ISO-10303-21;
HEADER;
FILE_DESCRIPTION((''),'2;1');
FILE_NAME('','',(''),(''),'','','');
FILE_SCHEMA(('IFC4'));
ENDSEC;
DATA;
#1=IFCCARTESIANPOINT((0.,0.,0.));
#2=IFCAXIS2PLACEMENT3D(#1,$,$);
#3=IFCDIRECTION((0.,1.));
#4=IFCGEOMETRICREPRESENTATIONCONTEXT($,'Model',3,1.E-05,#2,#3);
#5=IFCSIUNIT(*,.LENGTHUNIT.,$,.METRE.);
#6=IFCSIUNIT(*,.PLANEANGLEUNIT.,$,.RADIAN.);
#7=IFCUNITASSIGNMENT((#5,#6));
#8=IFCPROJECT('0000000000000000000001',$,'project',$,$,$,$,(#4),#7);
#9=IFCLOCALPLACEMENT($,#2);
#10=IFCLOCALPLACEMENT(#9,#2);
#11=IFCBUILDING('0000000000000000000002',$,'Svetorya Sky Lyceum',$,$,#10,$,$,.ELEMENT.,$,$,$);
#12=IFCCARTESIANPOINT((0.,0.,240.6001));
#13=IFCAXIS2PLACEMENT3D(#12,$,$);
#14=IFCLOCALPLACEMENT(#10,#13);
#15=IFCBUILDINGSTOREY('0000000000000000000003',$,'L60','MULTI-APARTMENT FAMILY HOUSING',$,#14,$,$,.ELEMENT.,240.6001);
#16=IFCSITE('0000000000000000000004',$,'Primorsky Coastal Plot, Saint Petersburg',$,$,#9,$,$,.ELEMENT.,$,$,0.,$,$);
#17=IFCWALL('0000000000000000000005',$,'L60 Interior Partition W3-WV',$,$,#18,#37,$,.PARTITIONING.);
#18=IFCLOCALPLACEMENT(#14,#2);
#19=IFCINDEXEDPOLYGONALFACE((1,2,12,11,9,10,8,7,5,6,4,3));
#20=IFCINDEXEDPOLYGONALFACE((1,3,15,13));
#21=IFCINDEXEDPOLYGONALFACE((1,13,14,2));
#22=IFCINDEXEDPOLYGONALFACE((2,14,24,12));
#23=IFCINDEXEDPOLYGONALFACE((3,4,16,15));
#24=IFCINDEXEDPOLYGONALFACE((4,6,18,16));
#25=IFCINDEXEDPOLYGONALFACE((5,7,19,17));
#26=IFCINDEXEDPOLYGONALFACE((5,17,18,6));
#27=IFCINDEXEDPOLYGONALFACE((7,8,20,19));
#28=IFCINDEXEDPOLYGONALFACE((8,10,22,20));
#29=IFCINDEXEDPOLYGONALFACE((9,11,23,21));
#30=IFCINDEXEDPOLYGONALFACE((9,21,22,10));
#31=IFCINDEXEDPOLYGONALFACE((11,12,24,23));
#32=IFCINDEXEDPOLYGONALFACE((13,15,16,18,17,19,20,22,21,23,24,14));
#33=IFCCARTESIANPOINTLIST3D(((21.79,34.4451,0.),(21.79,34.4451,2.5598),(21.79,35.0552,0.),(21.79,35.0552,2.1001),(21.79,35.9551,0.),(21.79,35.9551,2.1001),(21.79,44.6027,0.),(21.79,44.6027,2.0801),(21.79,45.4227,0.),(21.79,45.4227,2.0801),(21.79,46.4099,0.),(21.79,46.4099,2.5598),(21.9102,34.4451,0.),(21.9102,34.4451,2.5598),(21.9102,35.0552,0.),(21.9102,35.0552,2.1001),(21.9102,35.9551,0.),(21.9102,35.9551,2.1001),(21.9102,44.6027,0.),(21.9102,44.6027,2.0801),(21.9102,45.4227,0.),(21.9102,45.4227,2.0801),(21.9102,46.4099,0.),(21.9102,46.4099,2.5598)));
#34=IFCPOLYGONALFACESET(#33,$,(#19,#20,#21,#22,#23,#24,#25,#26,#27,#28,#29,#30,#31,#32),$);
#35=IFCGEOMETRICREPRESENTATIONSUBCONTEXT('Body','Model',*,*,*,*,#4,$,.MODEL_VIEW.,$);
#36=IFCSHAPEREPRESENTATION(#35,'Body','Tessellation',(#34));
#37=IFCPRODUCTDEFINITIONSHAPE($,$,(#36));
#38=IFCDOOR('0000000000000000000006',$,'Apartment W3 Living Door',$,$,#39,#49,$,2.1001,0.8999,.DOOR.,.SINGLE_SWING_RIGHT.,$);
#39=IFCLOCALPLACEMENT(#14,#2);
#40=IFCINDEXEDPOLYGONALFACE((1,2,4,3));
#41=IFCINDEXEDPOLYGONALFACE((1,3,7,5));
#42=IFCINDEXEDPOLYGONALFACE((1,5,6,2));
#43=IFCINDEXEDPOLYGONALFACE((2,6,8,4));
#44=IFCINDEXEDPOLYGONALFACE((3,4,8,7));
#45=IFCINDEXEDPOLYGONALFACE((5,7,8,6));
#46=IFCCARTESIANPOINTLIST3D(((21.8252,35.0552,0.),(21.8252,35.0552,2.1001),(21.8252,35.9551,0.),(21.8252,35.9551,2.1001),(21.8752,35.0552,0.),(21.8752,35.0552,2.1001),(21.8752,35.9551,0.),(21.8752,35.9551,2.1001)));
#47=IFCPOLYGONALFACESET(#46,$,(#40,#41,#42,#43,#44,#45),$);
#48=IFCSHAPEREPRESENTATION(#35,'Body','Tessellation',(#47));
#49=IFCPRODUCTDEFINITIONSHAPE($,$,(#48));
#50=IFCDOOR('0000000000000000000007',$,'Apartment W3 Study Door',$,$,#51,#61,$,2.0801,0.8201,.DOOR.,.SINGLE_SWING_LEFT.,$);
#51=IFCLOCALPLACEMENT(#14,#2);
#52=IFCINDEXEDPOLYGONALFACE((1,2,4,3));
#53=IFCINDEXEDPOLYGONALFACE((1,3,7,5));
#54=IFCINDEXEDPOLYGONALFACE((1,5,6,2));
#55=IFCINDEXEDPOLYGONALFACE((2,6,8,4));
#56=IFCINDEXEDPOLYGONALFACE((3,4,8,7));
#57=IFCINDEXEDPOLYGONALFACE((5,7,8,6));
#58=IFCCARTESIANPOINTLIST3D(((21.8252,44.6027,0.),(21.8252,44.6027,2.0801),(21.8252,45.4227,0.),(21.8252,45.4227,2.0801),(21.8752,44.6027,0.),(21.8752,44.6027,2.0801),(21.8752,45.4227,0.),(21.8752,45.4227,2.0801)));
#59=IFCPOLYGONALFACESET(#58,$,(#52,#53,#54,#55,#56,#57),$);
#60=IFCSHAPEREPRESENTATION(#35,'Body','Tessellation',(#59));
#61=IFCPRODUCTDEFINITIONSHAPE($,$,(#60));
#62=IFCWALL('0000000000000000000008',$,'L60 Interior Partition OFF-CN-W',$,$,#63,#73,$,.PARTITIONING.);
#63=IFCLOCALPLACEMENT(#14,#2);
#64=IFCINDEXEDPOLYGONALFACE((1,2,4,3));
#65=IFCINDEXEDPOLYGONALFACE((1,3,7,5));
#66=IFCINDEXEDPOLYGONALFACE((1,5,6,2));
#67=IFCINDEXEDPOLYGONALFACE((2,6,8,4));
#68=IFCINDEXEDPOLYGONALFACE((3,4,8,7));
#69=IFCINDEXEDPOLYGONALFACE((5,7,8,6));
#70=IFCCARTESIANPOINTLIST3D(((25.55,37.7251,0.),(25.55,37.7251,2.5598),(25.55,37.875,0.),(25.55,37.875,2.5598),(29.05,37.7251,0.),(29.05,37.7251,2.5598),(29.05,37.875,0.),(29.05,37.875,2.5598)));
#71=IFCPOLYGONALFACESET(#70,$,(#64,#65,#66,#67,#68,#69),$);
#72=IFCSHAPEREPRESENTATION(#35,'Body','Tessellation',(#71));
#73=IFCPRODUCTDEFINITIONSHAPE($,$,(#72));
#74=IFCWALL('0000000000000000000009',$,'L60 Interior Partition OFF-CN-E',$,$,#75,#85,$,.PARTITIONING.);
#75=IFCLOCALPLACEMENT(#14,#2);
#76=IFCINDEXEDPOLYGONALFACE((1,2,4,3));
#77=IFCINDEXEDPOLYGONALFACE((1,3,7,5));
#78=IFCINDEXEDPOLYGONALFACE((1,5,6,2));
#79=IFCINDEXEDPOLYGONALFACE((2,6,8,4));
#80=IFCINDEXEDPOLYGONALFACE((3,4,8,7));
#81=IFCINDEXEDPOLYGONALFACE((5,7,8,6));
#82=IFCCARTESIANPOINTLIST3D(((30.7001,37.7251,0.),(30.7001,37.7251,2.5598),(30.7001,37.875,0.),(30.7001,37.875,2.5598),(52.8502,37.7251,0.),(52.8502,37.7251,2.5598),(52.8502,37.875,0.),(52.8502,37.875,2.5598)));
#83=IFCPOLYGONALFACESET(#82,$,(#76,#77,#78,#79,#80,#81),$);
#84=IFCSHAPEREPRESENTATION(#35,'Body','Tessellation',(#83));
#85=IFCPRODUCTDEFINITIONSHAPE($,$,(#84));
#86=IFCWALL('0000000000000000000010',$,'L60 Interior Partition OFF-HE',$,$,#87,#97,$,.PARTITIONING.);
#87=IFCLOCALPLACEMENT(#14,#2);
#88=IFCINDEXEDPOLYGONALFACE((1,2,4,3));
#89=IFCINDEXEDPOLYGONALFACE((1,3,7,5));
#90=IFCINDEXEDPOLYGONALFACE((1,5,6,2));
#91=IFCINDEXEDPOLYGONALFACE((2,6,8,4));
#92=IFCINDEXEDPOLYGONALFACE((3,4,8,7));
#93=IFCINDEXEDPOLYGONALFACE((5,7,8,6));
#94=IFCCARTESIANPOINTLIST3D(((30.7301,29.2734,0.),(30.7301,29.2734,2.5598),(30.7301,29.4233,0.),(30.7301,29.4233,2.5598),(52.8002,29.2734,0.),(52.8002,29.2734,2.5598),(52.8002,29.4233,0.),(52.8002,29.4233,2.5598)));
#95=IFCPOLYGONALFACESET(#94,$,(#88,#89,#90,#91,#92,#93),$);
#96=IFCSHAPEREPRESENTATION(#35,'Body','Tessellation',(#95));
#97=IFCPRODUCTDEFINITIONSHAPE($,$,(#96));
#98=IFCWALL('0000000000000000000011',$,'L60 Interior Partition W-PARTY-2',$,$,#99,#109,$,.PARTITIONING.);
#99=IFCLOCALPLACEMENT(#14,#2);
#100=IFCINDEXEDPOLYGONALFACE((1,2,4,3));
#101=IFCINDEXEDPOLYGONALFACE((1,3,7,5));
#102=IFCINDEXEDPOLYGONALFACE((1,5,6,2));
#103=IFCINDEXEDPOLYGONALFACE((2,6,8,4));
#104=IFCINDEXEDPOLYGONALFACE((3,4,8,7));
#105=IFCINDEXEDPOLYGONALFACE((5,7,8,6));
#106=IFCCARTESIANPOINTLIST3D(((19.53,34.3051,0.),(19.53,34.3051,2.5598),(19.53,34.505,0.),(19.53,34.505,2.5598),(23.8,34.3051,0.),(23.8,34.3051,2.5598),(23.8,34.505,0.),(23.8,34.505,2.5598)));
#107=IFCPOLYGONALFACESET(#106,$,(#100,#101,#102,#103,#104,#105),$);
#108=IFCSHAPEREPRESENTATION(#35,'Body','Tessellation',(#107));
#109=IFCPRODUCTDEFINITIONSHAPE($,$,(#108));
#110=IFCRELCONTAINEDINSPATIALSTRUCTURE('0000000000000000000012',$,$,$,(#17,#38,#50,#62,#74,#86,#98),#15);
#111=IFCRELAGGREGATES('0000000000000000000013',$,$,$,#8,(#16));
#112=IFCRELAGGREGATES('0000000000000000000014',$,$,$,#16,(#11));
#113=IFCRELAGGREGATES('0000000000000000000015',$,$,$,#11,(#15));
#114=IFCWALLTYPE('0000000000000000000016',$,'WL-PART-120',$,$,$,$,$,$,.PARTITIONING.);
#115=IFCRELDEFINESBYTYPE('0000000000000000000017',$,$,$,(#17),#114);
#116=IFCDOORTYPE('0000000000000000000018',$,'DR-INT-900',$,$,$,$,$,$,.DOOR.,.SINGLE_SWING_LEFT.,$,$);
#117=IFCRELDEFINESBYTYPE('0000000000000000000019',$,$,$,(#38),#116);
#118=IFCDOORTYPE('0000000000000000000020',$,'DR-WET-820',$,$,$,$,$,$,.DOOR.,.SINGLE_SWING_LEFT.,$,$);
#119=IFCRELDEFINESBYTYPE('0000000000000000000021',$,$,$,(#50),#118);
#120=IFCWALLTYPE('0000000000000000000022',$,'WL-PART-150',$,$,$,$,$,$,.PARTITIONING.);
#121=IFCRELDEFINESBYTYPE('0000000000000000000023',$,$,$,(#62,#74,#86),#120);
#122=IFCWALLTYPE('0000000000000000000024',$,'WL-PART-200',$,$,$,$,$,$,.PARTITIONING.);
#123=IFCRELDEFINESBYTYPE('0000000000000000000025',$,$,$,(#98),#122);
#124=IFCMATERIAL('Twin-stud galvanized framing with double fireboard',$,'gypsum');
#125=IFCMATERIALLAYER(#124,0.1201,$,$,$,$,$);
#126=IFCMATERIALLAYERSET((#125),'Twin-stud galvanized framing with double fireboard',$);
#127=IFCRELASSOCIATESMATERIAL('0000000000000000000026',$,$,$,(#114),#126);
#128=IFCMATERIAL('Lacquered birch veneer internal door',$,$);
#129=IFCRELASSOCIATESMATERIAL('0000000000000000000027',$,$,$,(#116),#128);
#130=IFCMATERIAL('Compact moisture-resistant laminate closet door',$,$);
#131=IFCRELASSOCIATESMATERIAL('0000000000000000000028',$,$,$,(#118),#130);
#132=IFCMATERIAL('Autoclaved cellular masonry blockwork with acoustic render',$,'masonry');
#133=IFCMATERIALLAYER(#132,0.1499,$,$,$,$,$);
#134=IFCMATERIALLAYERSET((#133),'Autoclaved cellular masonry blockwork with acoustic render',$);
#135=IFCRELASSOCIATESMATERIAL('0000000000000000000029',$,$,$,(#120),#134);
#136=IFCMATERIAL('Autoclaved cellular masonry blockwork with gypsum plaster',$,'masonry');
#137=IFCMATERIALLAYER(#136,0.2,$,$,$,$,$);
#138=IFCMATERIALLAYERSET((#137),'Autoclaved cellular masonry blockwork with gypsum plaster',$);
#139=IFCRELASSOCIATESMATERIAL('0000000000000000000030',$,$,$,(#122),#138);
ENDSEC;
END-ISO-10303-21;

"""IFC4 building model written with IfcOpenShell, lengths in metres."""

from ifc_helpers import new_model, si_unit, direction, frame, frame_2d, origin, place, context, subcontext, project, spatial, rectangle, extrude, material, layer, layer_set, type_object, element, fill, save


model = new_model("IFC4")

# Units and contexts
model_context = context("Model", 3, precision=1e-05, world=origin(), true_north=direction((0.0, 1.0)))
body_context = subcontext(model_context, "Body", "Model", "MODEL_VIEW")
ifc_project = project(units=[si_unit("LENGTHUNIT", "METRE"), si_unit("PLANEANGLEUNIT", "RADIAN")], contexts=[model_context])

# Site, building, storey
site_placement = place(None, origin())
site = spatial("IfcSite", under=ifc_project, at=site_placement, Name="Primorsky Coastal Plot, Saint Petersburg", CompositionType="ELEMENT", RefElevation=0.0)
building_placement = place(site_placement, origin())
building = spatial("IfcBuilding", under=site, at=building_placement, Name="Svetorya Sky Lyceum", CompositionType="ELEMENT")
storey_placement = place(building_placement, frame((0.0, 0.0, 240.6001)))
storey = spatial("IfcBuildingStorey", under=building, at=storey_placement, Name="L60", Description="MULTI-APARTMENT FAMILY HOUSING", CompositionType="ELEMENT", Elevation=240.6001)

# Shared definitions
ifc_material_1 = material(Name="Twin-stud galvanized framing with double fireboard", Category="gypsum")
ifc_layer_1 = layer(ifc_material_1, 0.1201)
ifc_layer_set_1 = layer_set([ifc_layer_1], Name="Twin-stud galvanized framing with double fireboard")
wall_type_1 = type_object("IfcWallType", Name="WL-PART-120", PredefinedType="PARTITIONING", material=ifc_layer_set_1)

# Wall, openings, doors
wall_1_placement = place(storey_placement, frame((21.8501, 34.4451, 0.0), z_axis=(0.0, 0.0, 1.0), x_axis=(0.0, 1.0, 0.0)))
wall_1 = element("IfcWall", 1, at=wall_1_placement, inside=storey, type_object=wall_type_1, Name="L60 Interior Partition W3-WV", PredefinedType="PARTITIONING", context=body_context, shape_type="SweptSolid", body=[
    extrude(rectangle(XDim=11.9648, YDim=0.1201, at=frame_2d((5.9824, 0.0))), origin(), (0.0, 0.0, 1.0), 2.5598),
])
opening_1_placement = place(wall_1_placement, frame((0.6101, 0.0, 0.0)))
opening_1 = element("IfcOpeningElement", 2, at=opening_1_placement, cuts=wall_1, PredefinedType="OPENING", context=body_context, shape_type="SweptSolid", body=[
    extrude(rectangle(XDim=0.8999, YDim=2.1001, at=frame_2d((0.45, 1.05))), frame((0.0, 0.0701, 0.0), z_axis=(0.0, -1.0, 0.0), x_axis=(1.0, 0.0, 0.0)), (0.0, 0.0, 1.0), 0.1401),
])
opening_2_placement = place(wall_1_placement, frame((10.1575, 0.0, 0.0)))
opening_2 = element("IfcOpeningElement", 3, at=opening_2_placement, cuts=wall_1, PredefinedType="OPENING", context=body_context, shape_type="SweptSolid", body=[
    extrude(rectangle(XDim=0.8201, YDim=2.0801, at=frame_2d((0.4102, 1.04))), frame((0.0, 0.0701, 0.0), z_axis=(0.0, -1.0, 0.0), x_axis=(1.0, 0.0, 0.0)), (0.0, 0.0, 1.0), 0.1401),
])
ifc_material_2 = material(Name="Lacquered birch veneer internal door")
door_type_1 = type_object("IfcDoorType", Name="DR-INT-900", OperationType="SINGLE_SWING_LEFT", PredefinedType="DOOR", material=ifc_material_2)
door_1_placement = place(opening_1_placement, origin())
door_1 = element("IfcDoor", 4, at=door_1_placement, inside=storey, type_object=door_type_1, Name="Apartment W3 Living Door", OperationType="SINGLE_SWING_RIGHT", OverallHeight=2.1001, OverallWidth=0.8999, PredefinedType="DOOR", context=body_context, shape_type="SweptSolid", body=[
    extrude(rectangle(XDim=0.8999, YDim=2.1001, at=frame_2d((0.45, 1.05))), frame((0.0, 0.0249, 0.0), z_axis=(0.0, -1.0, 0.0), x_axis=(1.0, 0.0, 0.0)), (0.0, 0.0, 1.0), 0.05),
])
fill(opening_1, door_1)
ifc_material_3 = material(Name="Compact moisture-resistant laminate closet door")
door_type_2 = type_object("IfcDoorType", Name="DR-WET-820", OperationType="SINGLE_SWING_LEFT", PredefinedType="DOOR", material=ifc_material_3)
door_2_placement = place(opening_2_placement, origin())
door_2 = element("IfcDoor", 5, at=door_2_placement, inside=storey, type_object=door_type_2, Name="Apartment W3 Study Door", OperationType="SINGLE_SWING_LEFT", OverallHeight=2.0801, OverallWidth=0.8201, PredefinedType="DOOR", context=body_context, shape_type="SweptSolid", body=[
    extrude(rectangle(XDim=0.8201, YDim=2.0801, at=frame_2d((0.4102, 1.04))), frame((0.0, 0.0249, 0.0), z_axis=(0.0, -1.0, 0.0), x_axis=(1.0, 0.0, 0.0)), (0.0, 0.0, 1.0), 0.05),
])
fill(opening_2, door_2)

# Walls
ifc_material_4 = material(Name="Autoclaved cellular masonry blockwork with acoustic render", Category="masonry")
ifc_layer_2 = layer(ifc_material_4, 0.1499)
ifc_layer_set_2 = layer_set([ifc_layer_2], Name="Autoclaved cellular masonry blockwork with acoustic render")
wall_type_2 = type_object("IfcWallType", Name="WL-PART-150", PredefinedType="PARTITIONING", material=ifc_layer_set_2)
wall_2_placement = place(storey_placement, frame((25.55, 37.8, 0.0), z_axis=(0.0, 0.0, 1.0), x_axis=(1.0, 0.0, 0.0)))
element("IfcWall", 6, at=wall_2_placement, inside=storey, type_object=wall_type_2, Name="L60 Interior Partition OFF-CN-W", PredefinedType="PARTITIONING", context=body_context, shape_type="SweptSolid", body=[
    extrude(rectangle(XDim=3.5, YDim=0.1499, at=frame_2d((1.75, 0.0))), origin(), (0.0, 0.0, 1.0), 2.5598),
])
wall_3_placement = place(storey_placement, frame((30.7, 37.8, 0.0), z_axis=(0.0, 0.0, 1.0), x_axis=(1.0, 0.0, 0.0)))
element("IfcWall", 7, at=wall_3_placement, inside=storey, type_object=wall_type_2, Name="L60 Interior Partition OFF-CN-E", PredefinedType="PARTITIONING", context=body_context, shape_type="SweptSolid", body=[
    extrude(rectangle(XDim=22.1501, YDim=0.1499, at=frame_2d((11.0752, 0.0))), origin(), (0.0, 0.0, 1.0), 2.5598),
])
wall_4_placement = place(storey_placement, frame((30.73, 29.3484, 0.0), z_axis=(0.0, 0.0, 1.0), x_axis=(1.0, 0.0, 0.0)))
element("IfcWall", 8, at=wall_4_placement, inside=storey, type_object=wall_type_2, Name="L60 Interior Partition OFF-HE", PredefinedType="PARTITIONING", context=body_context, shape_type="SweptSolid", body=[
    extrude(rectangle(XDim=22.0701, YDim=0.1499, at=frame_2d((11.0352, 0.0))), origin(), (0.0, 0.0, 1.0), 2.5598),
])
ifc_material_5 = material(Name="Autoclaved cellular masonry blockwork with gypsum plaster", Category="masonry")
ifc_layer_3 = layer(ifc_material_5, 0.2)
ifc_layer_set_3 = layer_set([ifc_layer_3], Name="Autoclaved cellular masonry blockwork with gypsum plaster")
wall_type_3 = type_object("IfcWallType", Name="WL-PART-200", PredefinedType="PARTITIONING", material=ifc_layer_set_3)
wall_5_placement = place(storey_placement, frame((19.53, 34.405, 0.0), z_axis=(0.0, 0.0, 1.0), x_axis=(1.0, 0.0, 0.0)))
element("IfcWall", 9, at=wall_5_placement, inside=storey, type_object=wall_type_3, Name="L60 Interior Partition W-PARTY-2", PredefinedType="PARTITIONING", context=body_context, shape_type="SweptSolid", body=[
    extrude(rectangle(XDim=4.27, YDim=0.2, at=frame_2d((2.135, 0.0))), origin(), (0.0, 0.0, 1.0), 2.5598),
])

save(model, "model.ifc")
